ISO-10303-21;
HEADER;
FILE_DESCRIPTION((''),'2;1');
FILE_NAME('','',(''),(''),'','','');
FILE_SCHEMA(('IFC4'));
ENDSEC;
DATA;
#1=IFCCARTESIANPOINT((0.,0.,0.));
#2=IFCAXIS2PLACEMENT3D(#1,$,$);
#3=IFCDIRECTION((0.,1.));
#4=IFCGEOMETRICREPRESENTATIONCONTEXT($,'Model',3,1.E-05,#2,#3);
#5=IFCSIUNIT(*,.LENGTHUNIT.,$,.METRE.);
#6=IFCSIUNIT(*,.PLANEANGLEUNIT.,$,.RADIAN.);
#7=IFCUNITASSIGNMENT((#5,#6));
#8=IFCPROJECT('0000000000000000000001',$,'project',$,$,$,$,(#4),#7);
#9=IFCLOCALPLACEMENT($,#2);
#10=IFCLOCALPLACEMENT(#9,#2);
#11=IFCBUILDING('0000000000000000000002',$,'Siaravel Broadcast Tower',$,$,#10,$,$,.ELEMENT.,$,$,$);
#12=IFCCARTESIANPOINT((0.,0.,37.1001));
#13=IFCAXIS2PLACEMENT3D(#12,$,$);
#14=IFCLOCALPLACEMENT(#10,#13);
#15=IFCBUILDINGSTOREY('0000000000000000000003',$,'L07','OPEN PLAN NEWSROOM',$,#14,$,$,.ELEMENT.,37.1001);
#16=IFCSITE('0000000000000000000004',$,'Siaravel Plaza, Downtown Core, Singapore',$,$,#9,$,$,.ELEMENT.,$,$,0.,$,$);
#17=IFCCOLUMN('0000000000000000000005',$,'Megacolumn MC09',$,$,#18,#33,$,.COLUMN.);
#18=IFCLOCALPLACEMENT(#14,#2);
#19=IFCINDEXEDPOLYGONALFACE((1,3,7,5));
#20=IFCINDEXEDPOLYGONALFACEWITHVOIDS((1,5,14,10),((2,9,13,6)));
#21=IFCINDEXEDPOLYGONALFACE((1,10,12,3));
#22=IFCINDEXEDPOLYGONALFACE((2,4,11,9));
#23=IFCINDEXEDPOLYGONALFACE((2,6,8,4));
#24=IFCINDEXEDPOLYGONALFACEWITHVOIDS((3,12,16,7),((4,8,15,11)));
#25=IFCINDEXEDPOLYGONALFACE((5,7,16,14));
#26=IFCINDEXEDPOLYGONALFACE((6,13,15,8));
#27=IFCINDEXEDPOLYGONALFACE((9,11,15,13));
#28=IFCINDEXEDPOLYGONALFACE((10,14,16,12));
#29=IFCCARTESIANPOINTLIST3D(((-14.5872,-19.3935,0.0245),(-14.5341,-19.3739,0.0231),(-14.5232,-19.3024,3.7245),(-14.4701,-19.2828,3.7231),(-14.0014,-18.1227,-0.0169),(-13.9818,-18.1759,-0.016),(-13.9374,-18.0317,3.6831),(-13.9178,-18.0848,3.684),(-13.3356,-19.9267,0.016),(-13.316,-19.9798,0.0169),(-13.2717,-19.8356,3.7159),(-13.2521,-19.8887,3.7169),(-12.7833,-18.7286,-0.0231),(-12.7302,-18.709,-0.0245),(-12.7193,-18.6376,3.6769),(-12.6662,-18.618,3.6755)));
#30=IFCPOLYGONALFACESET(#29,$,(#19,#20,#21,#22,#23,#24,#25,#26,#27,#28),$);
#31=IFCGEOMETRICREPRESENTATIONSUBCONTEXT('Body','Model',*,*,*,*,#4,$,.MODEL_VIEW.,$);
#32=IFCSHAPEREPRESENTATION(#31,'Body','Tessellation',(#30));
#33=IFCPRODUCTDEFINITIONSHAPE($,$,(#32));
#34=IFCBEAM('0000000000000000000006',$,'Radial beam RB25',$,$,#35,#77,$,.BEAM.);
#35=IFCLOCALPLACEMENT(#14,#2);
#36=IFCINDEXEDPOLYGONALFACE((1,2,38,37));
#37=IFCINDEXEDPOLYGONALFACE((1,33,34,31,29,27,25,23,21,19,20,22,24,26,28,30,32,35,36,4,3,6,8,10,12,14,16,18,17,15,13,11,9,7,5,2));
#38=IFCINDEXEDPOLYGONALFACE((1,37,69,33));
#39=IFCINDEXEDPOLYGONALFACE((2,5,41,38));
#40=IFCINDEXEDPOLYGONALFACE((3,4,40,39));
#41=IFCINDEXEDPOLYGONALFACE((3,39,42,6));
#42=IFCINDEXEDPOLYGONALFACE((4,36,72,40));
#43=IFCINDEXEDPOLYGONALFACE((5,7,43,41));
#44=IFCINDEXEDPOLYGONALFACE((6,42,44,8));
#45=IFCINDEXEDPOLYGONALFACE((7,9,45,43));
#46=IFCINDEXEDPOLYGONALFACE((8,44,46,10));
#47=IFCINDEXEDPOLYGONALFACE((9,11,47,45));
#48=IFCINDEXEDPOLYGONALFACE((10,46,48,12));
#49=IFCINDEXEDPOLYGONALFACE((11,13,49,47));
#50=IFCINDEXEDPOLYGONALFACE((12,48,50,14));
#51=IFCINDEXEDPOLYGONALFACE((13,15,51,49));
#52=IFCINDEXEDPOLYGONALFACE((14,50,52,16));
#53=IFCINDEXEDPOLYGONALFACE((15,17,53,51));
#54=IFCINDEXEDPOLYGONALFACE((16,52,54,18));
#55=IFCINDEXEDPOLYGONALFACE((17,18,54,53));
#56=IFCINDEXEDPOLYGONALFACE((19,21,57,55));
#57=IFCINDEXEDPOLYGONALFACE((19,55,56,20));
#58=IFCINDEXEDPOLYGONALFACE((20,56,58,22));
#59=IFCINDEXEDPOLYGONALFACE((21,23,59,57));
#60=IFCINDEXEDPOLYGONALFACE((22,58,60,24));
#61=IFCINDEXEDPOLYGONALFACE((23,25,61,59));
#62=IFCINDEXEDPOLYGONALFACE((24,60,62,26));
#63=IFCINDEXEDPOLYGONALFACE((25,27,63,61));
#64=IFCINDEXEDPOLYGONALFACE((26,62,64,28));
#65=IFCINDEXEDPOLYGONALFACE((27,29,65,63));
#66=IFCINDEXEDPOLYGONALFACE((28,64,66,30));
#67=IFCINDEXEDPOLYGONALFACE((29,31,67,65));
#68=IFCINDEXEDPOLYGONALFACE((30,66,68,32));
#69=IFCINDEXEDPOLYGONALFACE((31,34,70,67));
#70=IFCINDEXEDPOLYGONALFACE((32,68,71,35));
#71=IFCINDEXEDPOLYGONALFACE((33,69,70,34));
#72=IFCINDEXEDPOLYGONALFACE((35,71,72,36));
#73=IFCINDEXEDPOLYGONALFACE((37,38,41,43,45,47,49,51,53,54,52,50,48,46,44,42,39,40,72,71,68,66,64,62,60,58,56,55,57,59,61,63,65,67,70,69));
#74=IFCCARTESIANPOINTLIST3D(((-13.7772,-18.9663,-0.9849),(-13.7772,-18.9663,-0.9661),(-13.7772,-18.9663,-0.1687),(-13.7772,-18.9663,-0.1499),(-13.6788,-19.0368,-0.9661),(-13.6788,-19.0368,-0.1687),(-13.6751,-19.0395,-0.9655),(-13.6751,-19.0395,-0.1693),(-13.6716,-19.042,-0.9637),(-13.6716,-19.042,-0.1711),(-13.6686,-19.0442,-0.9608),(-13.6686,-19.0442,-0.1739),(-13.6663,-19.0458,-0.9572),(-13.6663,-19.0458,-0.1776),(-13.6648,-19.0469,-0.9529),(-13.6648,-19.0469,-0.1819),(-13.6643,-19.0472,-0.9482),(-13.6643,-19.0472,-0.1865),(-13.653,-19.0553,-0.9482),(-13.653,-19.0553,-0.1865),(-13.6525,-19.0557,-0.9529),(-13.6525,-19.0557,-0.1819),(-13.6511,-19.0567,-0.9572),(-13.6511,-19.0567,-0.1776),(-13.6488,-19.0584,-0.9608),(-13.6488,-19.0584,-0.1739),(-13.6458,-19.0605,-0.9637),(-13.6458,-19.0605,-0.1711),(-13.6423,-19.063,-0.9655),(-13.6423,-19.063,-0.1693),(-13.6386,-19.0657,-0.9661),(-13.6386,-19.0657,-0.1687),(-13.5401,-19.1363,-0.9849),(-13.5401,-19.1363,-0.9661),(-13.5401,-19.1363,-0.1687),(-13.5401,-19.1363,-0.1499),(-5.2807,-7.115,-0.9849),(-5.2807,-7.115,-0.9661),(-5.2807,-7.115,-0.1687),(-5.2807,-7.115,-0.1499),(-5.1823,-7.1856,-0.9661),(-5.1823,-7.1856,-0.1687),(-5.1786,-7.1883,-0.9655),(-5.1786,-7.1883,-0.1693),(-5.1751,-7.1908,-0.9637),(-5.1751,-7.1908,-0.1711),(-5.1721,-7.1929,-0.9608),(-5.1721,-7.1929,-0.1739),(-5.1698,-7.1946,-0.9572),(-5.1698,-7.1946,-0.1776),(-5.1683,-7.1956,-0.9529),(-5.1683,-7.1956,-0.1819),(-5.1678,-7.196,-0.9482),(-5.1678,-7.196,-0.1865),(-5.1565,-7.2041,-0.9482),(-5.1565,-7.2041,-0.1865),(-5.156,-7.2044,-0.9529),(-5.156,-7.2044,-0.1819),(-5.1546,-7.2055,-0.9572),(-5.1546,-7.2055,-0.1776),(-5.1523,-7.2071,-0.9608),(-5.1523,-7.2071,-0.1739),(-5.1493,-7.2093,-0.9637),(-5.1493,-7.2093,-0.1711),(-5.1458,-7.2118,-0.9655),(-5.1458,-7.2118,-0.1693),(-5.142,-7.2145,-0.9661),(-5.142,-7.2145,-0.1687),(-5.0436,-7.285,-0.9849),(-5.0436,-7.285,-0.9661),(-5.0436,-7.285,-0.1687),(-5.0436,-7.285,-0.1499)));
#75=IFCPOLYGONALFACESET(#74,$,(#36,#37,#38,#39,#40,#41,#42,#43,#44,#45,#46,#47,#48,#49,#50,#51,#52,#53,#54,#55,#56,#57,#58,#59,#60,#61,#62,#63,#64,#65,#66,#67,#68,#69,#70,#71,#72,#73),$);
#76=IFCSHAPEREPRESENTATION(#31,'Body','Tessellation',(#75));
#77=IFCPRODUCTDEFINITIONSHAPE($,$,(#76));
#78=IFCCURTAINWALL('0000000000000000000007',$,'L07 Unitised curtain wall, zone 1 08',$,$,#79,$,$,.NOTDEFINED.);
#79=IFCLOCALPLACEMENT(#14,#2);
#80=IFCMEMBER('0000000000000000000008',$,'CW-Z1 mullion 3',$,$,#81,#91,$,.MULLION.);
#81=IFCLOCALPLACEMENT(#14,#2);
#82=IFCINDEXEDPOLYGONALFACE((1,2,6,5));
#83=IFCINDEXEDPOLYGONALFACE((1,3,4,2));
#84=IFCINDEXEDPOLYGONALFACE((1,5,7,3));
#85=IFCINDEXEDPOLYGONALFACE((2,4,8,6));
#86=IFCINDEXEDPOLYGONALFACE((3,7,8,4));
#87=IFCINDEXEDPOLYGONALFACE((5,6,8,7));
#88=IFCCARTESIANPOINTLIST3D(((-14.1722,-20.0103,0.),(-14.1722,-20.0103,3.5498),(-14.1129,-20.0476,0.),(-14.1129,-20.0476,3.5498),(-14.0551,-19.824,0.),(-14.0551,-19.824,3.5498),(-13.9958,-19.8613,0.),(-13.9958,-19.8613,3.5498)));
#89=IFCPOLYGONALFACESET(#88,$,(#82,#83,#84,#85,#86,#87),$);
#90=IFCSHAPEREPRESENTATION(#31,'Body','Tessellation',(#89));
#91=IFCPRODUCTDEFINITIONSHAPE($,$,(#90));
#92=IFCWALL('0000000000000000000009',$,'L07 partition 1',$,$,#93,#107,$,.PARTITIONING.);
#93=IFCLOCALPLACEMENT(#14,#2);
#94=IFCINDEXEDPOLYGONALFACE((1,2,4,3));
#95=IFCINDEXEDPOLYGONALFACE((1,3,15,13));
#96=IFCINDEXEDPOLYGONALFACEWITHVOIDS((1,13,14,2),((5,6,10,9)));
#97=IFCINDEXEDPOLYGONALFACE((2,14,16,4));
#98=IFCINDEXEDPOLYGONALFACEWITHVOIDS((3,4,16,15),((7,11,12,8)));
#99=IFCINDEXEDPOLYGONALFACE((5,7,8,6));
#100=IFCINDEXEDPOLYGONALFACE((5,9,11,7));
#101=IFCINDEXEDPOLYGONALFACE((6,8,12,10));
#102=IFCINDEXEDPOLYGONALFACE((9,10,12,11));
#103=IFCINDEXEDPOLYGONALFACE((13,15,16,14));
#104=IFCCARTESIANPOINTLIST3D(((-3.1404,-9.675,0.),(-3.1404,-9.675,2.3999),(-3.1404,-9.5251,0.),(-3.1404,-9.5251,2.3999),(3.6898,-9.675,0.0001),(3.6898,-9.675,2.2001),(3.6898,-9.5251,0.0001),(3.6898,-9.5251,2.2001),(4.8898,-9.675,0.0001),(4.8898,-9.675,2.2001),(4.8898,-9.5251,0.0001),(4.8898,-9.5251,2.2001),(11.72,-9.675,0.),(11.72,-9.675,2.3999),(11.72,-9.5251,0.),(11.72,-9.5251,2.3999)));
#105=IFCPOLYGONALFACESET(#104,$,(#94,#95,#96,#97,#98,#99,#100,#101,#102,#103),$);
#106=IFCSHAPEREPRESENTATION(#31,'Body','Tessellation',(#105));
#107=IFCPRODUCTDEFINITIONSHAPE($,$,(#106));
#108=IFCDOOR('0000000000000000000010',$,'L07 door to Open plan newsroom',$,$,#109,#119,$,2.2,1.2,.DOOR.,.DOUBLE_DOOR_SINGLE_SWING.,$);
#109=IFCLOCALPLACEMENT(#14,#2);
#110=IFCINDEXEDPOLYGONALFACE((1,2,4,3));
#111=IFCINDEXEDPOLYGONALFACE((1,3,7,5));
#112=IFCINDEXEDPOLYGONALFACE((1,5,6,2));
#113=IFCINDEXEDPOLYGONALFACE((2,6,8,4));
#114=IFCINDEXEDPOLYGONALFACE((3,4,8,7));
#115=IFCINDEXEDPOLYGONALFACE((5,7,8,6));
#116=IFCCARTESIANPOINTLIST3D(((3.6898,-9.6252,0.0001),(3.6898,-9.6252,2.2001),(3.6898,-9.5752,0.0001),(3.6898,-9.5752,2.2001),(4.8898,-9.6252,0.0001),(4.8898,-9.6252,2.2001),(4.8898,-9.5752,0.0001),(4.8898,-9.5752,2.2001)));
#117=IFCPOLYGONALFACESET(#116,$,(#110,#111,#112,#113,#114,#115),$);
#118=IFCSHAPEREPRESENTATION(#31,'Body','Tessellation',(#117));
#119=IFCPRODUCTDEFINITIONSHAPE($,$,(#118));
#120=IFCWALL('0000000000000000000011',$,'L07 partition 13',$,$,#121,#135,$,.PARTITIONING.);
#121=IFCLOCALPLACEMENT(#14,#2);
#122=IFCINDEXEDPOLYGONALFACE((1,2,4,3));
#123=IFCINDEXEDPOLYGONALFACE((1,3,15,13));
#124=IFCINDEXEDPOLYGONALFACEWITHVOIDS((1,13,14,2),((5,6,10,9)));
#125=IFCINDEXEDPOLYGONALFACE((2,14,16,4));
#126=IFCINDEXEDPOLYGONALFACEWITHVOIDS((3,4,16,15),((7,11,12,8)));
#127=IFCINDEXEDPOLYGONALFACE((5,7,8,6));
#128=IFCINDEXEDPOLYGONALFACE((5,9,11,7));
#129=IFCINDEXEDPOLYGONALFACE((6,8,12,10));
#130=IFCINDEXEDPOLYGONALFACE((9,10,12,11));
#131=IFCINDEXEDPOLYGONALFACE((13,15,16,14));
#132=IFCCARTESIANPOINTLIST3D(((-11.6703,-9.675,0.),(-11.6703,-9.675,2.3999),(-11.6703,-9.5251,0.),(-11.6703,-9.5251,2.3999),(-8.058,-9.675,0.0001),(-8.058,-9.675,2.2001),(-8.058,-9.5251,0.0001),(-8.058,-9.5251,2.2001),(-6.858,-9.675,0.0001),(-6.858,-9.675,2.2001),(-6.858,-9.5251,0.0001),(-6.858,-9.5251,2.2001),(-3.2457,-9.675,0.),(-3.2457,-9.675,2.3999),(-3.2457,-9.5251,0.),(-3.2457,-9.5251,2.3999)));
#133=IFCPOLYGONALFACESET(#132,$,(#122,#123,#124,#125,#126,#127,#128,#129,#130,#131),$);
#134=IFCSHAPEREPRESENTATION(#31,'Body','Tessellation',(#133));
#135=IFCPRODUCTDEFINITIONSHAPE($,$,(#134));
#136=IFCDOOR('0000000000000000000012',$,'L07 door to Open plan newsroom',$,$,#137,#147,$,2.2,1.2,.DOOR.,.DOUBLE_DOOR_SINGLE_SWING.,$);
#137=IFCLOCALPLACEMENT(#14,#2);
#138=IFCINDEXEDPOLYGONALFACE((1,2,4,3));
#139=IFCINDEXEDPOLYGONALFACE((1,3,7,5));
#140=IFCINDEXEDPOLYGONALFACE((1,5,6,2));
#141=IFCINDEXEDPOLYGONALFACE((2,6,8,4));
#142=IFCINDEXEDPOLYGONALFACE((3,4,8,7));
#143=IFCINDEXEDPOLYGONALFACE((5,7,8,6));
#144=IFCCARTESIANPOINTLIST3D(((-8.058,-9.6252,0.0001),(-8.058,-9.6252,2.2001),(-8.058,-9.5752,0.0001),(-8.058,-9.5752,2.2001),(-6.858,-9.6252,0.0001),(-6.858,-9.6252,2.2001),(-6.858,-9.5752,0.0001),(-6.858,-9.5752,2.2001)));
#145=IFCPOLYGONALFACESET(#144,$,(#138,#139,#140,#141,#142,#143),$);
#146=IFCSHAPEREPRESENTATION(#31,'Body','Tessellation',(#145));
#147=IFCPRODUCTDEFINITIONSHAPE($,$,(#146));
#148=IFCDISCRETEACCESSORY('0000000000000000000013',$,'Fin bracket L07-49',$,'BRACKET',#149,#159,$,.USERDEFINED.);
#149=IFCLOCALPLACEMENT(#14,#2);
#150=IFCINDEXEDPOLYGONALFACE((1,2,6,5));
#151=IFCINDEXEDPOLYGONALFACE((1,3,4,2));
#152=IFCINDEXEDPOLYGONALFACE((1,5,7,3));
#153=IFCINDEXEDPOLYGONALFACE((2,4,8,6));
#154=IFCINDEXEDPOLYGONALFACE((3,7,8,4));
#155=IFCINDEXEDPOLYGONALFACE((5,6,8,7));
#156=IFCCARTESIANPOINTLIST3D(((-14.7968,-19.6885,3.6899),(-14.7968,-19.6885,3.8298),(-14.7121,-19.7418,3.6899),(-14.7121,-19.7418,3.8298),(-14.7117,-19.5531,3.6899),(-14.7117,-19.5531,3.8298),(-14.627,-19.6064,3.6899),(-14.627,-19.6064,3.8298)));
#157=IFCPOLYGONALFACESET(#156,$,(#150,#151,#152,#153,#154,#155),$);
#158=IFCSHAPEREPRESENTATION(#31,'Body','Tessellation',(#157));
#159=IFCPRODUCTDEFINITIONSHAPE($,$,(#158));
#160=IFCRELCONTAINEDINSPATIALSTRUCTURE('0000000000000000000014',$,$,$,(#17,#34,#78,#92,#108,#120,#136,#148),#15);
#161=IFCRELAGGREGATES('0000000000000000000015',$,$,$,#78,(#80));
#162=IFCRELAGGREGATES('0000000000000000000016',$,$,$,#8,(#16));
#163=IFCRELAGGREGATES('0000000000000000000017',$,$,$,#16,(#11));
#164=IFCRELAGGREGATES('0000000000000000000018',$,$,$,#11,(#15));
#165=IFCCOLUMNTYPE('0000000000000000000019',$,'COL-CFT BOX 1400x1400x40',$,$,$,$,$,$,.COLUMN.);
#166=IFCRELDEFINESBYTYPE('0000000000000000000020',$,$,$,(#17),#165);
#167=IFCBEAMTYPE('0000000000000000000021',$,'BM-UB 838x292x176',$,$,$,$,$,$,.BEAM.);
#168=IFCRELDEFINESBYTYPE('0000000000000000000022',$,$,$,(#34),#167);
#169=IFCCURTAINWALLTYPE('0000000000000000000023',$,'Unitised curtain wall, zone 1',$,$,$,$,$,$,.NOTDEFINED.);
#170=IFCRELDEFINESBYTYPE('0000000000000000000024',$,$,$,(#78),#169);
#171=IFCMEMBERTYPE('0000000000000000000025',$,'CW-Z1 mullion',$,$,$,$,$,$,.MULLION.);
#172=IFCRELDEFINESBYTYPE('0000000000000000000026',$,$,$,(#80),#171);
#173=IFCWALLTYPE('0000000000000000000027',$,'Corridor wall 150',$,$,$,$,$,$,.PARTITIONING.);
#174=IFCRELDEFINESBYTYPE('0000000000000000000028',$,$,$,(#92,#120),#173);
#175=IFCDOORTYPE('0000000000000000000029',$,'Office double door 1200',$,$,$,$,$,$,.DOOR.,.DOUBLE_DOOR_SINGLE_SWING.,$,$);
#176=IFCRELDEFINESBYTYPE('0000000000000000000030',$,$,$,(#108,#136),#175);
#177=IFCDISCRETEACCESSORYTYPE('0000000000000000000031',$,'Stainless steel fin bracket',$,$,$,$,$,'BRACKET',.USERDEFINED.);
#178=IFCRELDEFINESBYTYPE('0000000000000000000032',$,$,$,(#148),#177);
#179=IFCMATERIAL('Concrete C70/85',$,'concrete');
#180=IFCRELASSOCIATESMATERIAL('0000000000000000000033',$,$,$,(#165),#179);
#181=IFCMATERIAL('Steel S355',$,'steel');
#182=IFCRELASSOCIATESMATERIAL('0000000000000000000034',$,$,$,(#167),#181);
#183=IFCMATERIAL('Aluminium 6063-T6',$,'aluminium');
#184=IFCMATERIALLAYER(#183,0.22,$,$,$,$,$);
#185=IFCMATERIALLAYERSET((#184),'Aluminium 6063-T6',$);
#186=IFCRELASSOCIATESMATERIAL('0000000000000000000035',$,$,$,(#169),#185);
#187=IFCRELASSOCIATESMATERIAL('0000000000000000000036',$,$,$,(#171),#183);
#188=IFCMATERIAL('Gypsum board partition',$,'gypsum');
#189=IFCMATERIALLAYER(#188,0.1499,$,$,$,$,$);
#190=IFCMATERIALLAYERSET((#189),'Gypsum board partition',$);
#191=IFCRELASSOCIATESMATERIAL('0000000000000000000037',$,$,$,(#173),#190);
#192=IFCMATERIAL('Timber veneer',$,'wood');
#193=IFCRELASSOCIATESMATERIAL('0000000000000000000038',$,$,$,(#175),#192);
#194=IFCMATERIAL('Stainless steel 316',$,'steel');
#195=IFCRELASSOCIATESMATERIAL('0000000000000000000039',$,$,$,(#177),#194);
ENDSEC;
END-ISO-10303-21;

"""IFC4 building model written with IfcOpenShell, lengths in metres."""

from ifc_helpers import new_model, si_unit, direction, frame, frame_2d, origin, origin_2d, place, context, subcontext, project, spatial, rectangle, hollow_rectangle, i_section, extrude, material, layer, layer_set, material_profile, profile_set, type_object, element, fill, aggregate, save


model = new_model("IFC4")

# Units and contexts
model_context = context("Model", 3, precision=1e-05, world=origin(), true_north=direction((0.0, 1.0)))
body_context = subcontext(model_context, "Body", "Model", "MODEL_VIEW")
ifc_project = project(units=[si_unit("LENGTHUNIT", "METRE"), si_unit("PLANEANGLEUNIT", "RADIAN")], contexts=[model_context])

# Site, building, storey
site_placement = place(None, origin())
site = spatial("IfcSite", under=ifc_project, at=site_placement, Name="Siaravel Plaza, Downtown Core, Singapore", CompositionType="ELEMENT", RefElevation=0.0)
building_placement = place(site_placement, origin())
building = spatial("IfcBuilding", under=site, at=building_placement, Name="Siaravel Broadcast Tower", CompositionType="ELEMENT")
storey_placement = place(building_placement, frame((0.0, 0.0, 37.1001)))
storey = spatial("IfcBuildingStorey", under=building, at=storey_placement, Name="L07", Description="OPEN PLAN NEWSROOM", CompositionType="ELEMENT", Elevation=37.1001)

# Column
ifc_material_1 = material(Name="Concrete C70/85", Category="concrete")
ifc_material_profile_1 = material_profile(ifc_material_1, hollow_rectangle(XDim=1.3999, YDim=1.3999, WallThickness=0.04, at=origin_2d()))
ifc_profile_set_1 = profile_set([ifc_material_profile_1], Name="Concrete C70/85")
column_type = type_object("IfcColumnType", Name="COL-CFT BOX 1400x1400x40", PredefinedType="COLUMN", material=ifc_profile_set_1)
column_placement = place(storey_placement, frame((-13.6587, -19.0513, 0.0), z_axis=(0.01728, 0.024601, 0.999548), x_axis=(-0.908055, 0.418816, 0.00539)))
element("IfcColumn", 1, at=column_placement, inside=storey, type_object=column_type, Name="Megacolumn MC09", PredefinedType="COLUMN", context=body_context, shape_type="SweptSolid", body=[
    extrude(hollow_rectangle(XDim=1.3999, YDim=1.3999, WallThickness=0.04, at=origin_2d()), origin(), (0.0, 0.0, 1.0), 3.7017),
])

# Beam
ifc_material_2 = material(Name="Steel S355", Category="steel")
ifc_material_profile_2 = material_profile(ifc_material_2, i_section(OverallWidth=0.2917, OverallDepth=0.835, WebThickness=0.0139, FlangeThickness=0.0188, FilletRadius=0.0178, at=origin_2d()))
ifc_profile_set_2 = profile_set([ifc_material_profile_2], Name="Steel S355")
beam_type = type_object("IfcBeamType", Name="BM-UB 838x292x176", PredefinedType="BEAM", material=ifc_profile_set_2)
beam_placement = place(storey_placement, frame((-13.6587, -19.0513, -0.5674), z_axis=(0.582661, 0.812715, 0.0), x_axis=(-0.812715, 0.582661, 0.0)))
element("IfcBeam", 2, at=beam_placement, inside=storey, type_object=beam_type, Name="Radial beam RB25", PredefinedType="BEAM", context=body_context, shape_type="SweptSolid", body=[
    extrude(i_section(OverallWidth=0.2917, OverallDepth=0.835, WebThickness=0.0139, FlangeThickness=0.0188, FilletRadius=0.0178, at=origin_2d()), origin(), (0.0, 0.0, 1.0), 14.5823),
])

# Curtain wall, member
ifc_material_3 = material(Name="Aluminium 6063-T6", Category="aluminium")
ifc_layer_1 = layer(ifc_material_3, 0.22)
ifc_layer_set_1 = layer_set([ifc_layer_1], Name="Aluminium 6063-T6")
curtain_wall_type = type_object("IfcCurtainWallType", Name="Unitised curtain wall, zone 1", PredefinedType="NOTDEFINED", material=ifc_layer_set_1)
curtain_wall_placement = place(storey_placement, origin())
curtain_wall = element("IfcCurtainWall", 3, at=curtain_wall_placement, inside=storey, type_object=curtain_wall_type, Name="L07 Unitised curtain wall, zone 1 08", PredefinedType="NOTDEFINED")
ifc_material_profile_3 = material_profile(ifc_material_3, rectangle(XDim=0.22, YDim=0.0701, at=origin_2d()))
ifc_profile_set_3 = profile_set([ifc_material_profile_3], Name="Aluminium 6063-T6")
member_type = type_object("IfcMemberType", Name="CW-Z1 mullion", PredefinedType="MULLION", material=ifc_profile_set_3)
member_placement = place(storey_placement, frame((-14.084, -19.9358, 0.0), z_axis=(0.0, 0.0, 1.0), x_axis=(0.532149, 0.846651, 0.0)))
member = element("IfcMember", 4, at=member_placement, type_object=member_type, Name="CW-Z1 mullion 3", PredefinedType="MULLION", context=body_context, shape_type="SweptSolid", body=[
    extrude(rectangle(XDim=0.22, YDim=0.0701, at=origin_2d()), origin(), (0.0, 0.0, 1.0), 3.5498),
])
aggregate(curtain_wall, [member])

# Walls, openings, doors
ifc_material_4 = material(Name="Gypsum board partition", Category="gypsum")
ifc_layer_2 = layer(ifc_material_4, 0.1499)
ifc_layer_set_2 = layer_set([ifc_layer_2], Name="Gypsum board partition")
wall_type = type_object("IfcWallType", Name="Corridor wall 150", PredefinedType="PARTITIONING", material=ifc_layer_set_2)
wall_1_placement = place(storey_placement, frame((-3.1404, -9.6001, 0.0), z_axis=(0.0, 0.0, 1.0), x_axis=(1.0, 0.0, 0.0)))
wall_1 = element("IfcWall", 5, at=wall_1_placement, inside=storey, type_object=wall_type, Name="L07 partition 1", PredefinedType="PARTITIONING", context=body_context, shape_type="SweptSolid", body=[
    extrude(rectangle(XDim=14.8604, YDim=0.1499, at=frame_2d((7.4302, 0.0))), origin(), (0.0, 0.0, 1.0), 2.3999),
])
opening_1_placement = place(wall_1_placement, frame((6.8301, 0.0, 0.0)))
opening_1 = element("IfcOpeningElement", 6, at=opening_1_placement, cuts=wall_1, PredefinedType="OPENING", context=body_context, shape_type="SweptSolid", body=[
    extrude(rectangle(XDim=1.2, YDim=2.2, at=frame_2d((0.6001, 1.1001))), frame((0.0, 0.085, 0.0), z_axis=(0.0, -1.0, 0.0), x_axis=(1.0, 0.0, 0.0)), (0.0, 0.0, 1.0), 0.1699),
])
ifc_material_5 = material(Name="Timber veneer", Category="wood")
door_type = type_object("IfcDoorType", Name="Office double door 1200", OperationType="DOUBLE_DOOR_SINGLE_SWING", PredefinedType="DOOR", material=ifc_material_5)
door_1_placement = place(opening_1_placement, origin())
door_1 = element("IfcDoor", 7, at=door_1_placement, inside=storey, type_object=door_type, Name="L07 door to Open plan newsroom", OperationType="DOUBLE_DOOR_SINGLE_SWING", OverallHeight=2.2, OverallWidth=1.2, PredefinedType="DOOR", context=body_context, shape_type="SweptSolid", body=[
    extrude(rectangle(XDim=1.2, YDim=2.2, at=frame_2d((0.6001, 1.1001))), frame((0.0, 0.0249, 0.0), z_axis=(0.0, -1.0, 0.0), x_axis=(1.0, 0.0, 0.0)), (0.0, 0.0, 1.0), 0.05),
])
fill(opening_1, door_1)
wall_2_placement = place(storey_placement, frame((-11.6704, -9.6001, 0.0), z_axis=(0.0, 0.0, 1.0), x_axis=(1.0, 0.0, 0.0)))
wall_2 = element("IfcWall", 8, at=wall_2_placement, inside=storey, type_object=wall_type, Name="L07 partition 13", PredefinedType="PARTITIONING", context=body_context, shape_type="SweptSolid", body=[
    extrude(rectangle(XDim=8.4246, YDim=0.1499, at=frame_2d((4.2124, 0.0))), origin(), (0.0, 0.0, 1.0), 2.3999),
])
opening_2_placement = place(wall_2_placement, frame((3.6123, 0.0, 0.0)))
opening_2 = element("IfcOpeningElement", 9, at=opening_2_placement, cuts=wall_2, PredefinedType="OPENING", context=body_context, shape_type="SweptSolid", body=[
    extrude(rectangle(XDim=1.2, YDim=2.2, at=frame_2d((0.6001, 1.1001))), frame((0.0, 0.085, 0.0), z_axis=(0.0, -1.0, 0.0), x_axis=(1.0, 0.0, 0.0)), (0.0, 0.0, 1.0), 0.1699),
])
door_2_placement = place(opening_2_placement, origin())
door_2 = element("IfcDoor", 10, at=door_2_placement, inside=storey, type_object=door_type, Name="L07 door to Open plan newsroom", OperationType="DOUBLE_DOOR_SINGLE_SWING", OverallHeight=2.2, OverallWidth=1.2, PredefinedType="DOOR", context=body_context, shape_type="SweptSolid", body=[
    extrude(rectangle(XDim=1.2, YDim=2.2, at=frame_2d((0.6001, 1.1001))), frame((0.0, 0.0249, 0.0), z_axis=(0.0, -1.0, 0.0), x_axis=(1.0, 0.0, 0.0)), (0.0, 0.0, 1.0), 0.05),
])
fill(opening_2, door_2)

# Discrete accessory
ifc_material_6 = material(Name="Stainless steel 316", Category="steel")
discrete_accessory_type = type_object("IfcDiscreteAccessoryType", Name="Stainless steel fin bracket", ElementType="BRACKET", PredefinedType="USERDEFINED", material=ifc_material_6)
discrete_accessory_placement = place(storey_placement, frame((-14.7119, -19.6475, 3.6899), z_axis=(0.0, 0.0, 1.0), x_axis=(-0.532149, -0.84665, 0.0)))
element("IfcDiscreteAccessory", 11, at=discrete_accessory_placement, inside=storey, type_object=discrete_accessory_type, Name="Fin bracket L07-49", ObjectType="BRACKET", PredefinedType="USERDEFINED", context=body_context, shape_type="SweptSolid", body=[
    extrude(rectangle(XDim=0.1599, YDim=0.1001, at=origin_2d()), origin(), (0.0, 0.0, 1.0), 0.1399),
])

save(model, "model.ifc")
